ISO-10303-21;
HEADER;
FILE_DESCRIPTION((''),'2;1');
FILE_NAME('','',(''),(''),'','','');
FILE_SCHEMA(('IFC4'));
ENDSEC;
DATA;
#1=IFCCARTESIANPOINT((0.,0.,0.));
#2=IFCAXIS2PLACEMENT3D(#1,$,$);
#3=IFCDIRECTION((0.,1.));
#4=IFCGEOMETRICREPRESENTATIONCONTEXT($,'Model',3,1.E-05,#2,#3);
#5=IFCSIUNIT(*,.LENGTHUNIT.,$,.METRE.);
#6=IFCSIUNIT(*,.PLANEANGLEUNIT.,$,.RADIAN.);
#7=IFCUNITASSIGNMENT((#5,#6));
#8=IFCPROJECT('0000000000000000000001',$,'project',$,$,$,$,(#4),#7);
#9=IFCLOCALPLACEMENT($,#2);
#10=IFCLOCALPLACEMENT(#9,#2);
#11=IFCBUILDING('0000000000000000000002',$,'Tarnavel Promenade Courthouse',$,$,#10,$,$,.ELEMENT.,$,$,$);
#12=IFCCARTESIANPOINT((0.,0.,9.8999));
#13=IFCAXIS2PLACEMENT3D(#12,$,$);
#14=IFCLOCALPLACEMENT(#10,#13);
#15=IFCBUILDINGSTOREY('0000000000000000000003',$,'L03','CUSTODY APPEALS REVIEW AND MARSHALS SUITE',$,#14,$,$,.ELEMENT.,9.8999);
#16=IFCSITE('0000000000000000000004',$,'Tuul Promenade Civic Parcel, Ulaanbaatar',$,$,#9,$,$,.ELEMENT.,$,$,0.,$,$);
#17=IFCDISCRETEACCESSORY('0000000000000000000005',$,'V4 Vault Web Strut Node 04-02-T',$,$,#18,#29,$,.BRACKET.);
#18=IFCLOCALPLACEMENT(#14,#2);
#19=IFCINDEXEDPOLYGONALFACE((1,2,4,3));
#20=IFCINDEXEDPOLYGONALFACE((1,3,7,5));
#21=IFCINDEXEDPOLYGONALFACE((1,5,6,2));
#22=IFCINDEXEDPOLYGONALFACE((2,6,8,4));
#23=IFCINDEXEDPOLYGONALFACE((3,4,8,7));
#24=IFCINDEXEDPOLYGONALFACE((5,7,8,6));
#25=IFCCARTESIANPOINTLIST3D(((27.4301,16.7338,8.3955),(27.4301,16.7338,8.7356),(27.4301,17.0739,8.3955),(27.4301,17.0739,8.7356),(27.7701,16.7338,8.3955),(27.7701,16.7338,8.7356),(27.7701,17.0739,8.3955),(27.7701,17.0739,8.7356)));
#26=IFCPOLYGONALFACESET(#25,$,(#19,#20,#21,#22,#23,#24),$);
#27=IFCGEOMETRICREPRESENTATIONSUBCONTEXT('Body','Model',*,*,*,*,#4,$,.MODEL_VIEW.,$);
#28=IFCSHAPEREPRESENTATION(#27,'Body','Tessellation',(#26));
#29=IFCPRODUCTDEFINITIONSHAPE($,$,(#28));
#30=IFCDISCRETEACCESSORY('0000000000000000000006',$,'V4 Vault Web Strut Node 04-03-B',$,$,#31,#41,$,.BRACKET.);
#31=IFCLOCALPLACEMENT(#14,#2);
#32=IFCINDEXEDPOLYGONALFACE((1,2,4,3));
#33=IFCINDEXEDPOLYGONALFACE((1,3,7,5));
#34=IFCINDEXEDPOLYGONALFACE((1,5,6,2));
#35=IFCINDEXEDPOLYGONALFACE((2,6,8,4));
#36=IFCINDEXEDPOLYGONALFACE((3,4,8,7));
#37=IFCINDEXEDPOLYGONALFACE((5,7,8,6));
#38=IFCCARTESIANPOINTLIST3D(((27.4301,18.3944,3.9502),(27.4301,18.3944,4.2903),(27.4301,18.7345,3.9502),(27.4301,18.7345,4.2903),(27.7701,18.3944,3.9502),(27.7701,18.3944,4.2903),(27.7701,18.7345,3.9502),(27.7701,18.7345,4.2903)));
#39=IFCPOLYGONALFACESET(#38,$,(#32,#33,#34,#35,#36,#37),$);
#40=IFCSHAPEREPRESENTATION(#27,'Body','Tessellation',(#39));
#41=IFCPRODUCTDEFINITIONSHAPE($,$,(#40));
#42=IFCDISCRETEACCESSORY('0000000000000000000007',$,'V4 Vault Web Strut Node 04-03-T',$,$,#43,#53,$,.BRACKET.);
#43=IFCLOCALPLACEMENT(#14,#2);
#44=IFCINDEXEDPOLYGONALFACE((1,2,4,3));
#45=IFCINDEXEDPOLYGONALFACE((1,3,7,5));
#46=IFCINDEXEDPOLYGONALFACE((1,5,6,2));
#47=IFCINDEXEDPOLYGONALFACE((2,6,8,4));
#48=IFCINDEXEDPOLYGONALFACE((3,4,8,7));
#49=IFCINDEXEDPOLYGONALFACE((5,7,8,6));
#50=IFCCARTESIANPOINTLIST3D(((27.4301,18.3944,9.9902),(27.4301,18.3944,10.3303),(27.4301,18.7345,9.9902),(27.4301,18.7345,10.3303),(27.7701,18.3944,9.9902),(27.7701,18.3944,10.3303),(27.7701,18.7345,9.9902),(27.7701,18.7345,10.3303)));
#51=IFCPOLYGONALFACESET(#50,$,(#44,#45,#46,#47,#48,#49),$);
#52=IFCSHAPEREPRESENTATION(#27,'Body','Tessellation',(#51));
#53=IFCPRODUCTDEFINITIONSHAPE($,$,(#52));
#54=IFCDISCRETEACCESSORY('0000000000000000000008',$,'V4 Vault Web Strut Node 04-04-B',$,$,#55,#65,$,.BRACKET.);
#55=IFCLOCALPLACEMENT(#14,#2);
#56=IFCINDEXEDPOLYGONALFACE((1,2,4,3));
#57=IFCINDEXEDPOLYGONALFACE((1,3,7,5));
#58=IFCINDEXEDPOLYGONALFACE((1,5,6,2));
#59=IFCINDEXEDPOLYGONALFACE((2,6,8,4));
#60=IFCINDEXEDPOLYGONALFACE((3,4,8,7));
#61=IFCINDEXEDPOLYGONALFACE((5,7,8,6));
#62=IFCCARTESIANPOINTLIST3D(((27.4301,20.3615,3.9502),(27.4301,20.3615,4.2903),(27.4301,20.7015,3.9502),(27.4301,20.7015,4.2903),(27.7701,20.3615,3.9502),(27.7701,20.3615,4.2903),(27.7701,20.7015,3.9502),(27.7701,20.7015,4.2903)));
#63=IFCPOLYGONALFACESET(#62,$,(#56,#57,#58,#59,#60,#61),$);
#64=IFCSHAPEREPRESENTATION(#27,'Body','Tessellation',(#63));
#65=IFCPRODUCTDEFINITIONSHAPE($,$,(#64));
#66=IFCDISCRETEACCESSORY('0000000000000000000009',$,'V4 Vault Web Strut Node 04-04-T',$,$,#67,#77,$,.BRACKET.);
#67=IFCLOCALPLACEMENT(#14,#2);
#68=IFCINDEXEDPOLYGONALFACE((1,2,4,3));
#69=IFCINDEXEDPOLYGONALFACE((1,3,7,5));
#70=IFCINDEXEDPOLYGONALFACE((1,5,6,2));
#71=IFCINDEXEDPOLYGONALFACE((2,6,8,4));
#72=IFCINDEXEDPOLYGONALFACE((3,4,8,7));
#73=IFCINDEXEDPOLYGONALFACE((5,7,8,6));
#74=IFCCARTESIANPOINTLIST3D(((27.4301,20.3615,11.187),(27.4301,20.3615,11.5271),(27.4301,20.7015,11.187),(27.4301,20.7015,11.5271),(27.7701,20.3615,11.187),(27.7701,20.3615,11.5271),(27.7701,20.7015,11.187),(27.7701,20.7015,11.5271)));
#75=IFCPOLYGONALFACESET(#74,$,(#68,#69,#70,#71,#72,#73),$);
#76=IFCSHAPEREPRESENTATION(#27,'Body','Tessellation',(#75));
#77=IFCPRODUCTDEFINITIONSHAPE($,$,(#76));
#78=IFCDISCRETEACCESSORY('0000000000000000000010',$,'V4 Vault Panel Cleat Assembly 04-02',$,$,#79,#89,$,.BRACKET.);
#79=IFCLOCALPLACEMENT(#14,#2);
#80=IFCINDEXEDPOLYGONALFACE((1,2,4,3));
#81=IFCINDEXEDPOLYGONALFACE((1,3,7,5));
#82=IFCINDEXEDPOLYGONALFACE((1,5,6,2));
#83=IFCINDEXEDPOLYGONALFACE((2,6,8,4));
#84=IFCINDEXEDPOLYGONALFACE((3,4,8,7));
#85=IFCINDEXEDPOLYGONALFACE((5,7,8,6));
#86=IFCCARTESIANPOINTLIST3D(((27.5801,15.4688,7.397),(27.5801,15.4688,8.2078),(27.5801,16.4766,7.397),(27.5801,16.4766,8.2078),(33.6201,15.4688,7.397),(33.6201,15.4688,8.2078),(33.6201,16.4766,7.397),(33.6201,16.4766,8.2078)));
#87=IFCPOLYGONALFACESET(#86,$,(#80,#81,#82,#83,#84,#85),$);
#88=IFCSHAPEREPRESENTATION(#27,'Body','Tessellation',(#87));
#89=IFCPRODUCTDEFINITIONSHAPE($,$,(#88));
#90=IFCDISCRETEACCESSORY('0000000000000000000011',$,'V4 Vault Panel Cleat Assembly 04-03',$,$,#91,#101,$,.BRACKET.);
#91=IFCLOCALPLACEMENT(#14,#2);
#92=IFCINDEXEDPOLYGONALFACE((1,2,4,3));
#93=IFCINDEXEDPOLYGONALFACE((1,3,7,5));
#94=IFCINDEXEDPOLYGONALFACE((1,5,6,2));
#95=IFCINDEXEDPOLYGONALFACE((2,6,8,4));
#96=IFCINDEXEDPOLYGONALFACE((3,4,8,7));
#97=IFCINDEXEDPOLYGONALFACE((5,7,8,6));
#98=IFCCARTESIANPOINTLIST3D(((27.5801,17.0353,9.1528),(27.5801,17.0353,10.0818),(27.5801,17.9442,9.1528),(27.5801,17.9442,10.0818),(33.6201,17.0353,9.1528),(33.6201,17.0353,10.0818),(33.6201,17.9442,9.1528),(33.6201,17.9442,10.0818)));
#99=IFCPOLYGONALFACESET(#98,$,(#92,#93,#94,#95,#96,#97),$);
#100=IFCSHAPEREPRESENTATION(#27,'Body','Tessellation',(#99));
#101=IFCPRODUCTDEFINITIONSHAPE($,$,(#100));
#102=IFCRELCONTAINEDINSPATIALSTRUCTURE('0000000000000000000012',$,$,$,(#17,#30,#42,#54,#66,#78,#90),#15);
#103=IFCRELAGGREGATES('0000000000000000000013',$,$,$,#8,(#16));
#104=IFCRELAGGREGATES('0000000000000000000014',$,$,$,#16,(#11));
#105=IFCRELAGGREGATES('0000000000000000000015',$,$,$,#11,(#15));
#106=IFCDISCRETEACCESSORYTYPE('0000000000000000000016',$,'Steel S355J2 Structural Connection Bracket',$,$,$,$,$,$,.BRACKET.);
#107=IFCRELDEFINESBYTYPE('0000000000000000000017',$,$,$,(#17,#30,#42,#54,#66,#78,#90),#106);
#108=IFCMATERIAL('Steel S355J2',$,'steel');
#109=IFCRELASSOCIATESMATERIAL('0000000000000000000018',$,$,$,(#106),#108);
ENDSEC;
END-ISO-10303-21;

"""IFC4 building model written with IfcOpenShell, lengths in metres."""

from ifc_helpers import new_model, si_unit, direction, frame, origin, origin_2d, place, context, subcontext, project, spatial, rectangle, extrude, material, type_object, element, save


model = new_model("IFC4")

# Units and contexts
model_context = context("Model", 3, precision=1e-05, world=origin(), true_north=direction((0.0, 1.0)))
body_context = subcontext(model_context, "Body", "Model", "MODEL_VIEW")
ifc_project = project(units=[si_unit("LENGTHUNIT", "METRE"), si_unit("PLANEANGLEUNIT", "RADIAN")], contexts=[model_context])

# Site, building, storey
site_placement = place(None, origin())
site = spatial("IfcSite", under=ifc_project, at=site_placement, Name="Tuul Promenade Civic Parcel, Ulaanbaatar", CompositionType="ELEMENT", RefElevation=0.0)
building_placement = place(site_placement, origin())
building = spatial("IfcBuilding", under=site, at=building_placement, Name="Tarnavel Promenade Courthouse", CompositionType="ELEMENT")
storey_placement = place(building_placement, frame((0.0, 0.0, 9.8999)))
storey = spatial("IfcBuildingStorey", under=building, at=storey_placement, Name="L03", Description="CUSTODY APPEALS REVIEW AND MARSHALS SUITE", CompositionType="ELEMENT", Elevation=9.8999)

# Shared definitions
ifc_material_1 = material(Name="Steel S355J2", Category="steel")

# Discrete accessories
discrete_accessory_type = type_object("IfcDiscreteAccessoryType", Name="Steel S355J2 Structural Connection Bracket", PredefinedType="BRACKET", material=ifc_material_1)
for number, where, z_axis, x_axis, name in (
    (1, (27.6001, 16.9038, 8.3955), (0.0, 0.0, 1.0), (1.0, 0.0, 0.0), "V4 Vault Web Strut Node 04-02-T"),
    (2, (27.6001, 18.5645, 3.9502), (0.0, 0.0, 1.0), (1.0, 0.0, 0.0), "V4 Vault Web Strut Node 04-03-B"),
    (3, (27.6001, 18.5645, 9.9902), (0.0, 0.0, 1.0), (1.0, 0.0, 0.0), "V4 Vault Web Strut Node 04-03-T"),
    (4, (27.6001, 20.5315, 3.9502), (0.0, 0.0, 1.0), (1.0, 0.0, 0.0), "V4 Vault Web Strut Node 04-04-B"),
    (5, (27.6001, 20.5315, 11.187), (0.0, 0.0, 1.0), (1.0, 0.0, 0.0), "V4 Vault Web Strut Node 04-04-T"),
):
    element("IfcDiscreteAccessory", number, at=place(storey_placement, frame(where, z_axis=z_axis, x_axis=x_axis)), inside=storey, type_object=discrete_accessory_type, Name=name, PredefinedType="BRACKET", context=body_context, shape_type="SweptSolid", body=[
        extrude(rectangle(XDim=0.3401, YDim=0.3401, at=origin_2d()), origin(), (0.0, 0.0, 1.0), 0.3401),
    ])
discrete_accessory_1_placement = place(storey_placement, frame((30.6001, 15.9727, 7.397), z_axis=(0.0, 0.0, 1.0), x_axis=(1.0, 0.0, 0.0)))
element("IfcDiscreteAccessory", 6, at=discrete_accessory_1_placement, inside=storey, type_object=discrete_accessory_type, Name="V4 Vault Panel Cleat Assembly 04-02", PredefinedType="BRACKET", context=body_context, shape_type="SweptSolid", body=[
    extrude(rectangle(XDim=6.04, YDim=1.0078, at=origin_2d()), origin(), (0.0, 0.0, 1.0), 0.8108),
])
discrete_accessory_2_placement = place(storey_placement, frame((30.6001, 17.4897, 9.1528), z_axis=(0.0, 0.0, 1.0), x_axis=(1.0, 0.0, 0.0)))
element("IfcDiscreteAccessory", 7, at=discrete_accessory_2_placement, inside=storey, type_object=discrete_accessory_type, Name="V4 Vault Panel Cleat Assembly 04-03", PredefinedType="BRACKET", context=body_context, shape_type="SweptSolid", body=[
    extrude(rectangle(XDim=6.04, YDim=0.9089, at=origin_2d()), origin(), (0.0, 0.0, 1.0), 0.929),
])

save(model, "model.ifc")
